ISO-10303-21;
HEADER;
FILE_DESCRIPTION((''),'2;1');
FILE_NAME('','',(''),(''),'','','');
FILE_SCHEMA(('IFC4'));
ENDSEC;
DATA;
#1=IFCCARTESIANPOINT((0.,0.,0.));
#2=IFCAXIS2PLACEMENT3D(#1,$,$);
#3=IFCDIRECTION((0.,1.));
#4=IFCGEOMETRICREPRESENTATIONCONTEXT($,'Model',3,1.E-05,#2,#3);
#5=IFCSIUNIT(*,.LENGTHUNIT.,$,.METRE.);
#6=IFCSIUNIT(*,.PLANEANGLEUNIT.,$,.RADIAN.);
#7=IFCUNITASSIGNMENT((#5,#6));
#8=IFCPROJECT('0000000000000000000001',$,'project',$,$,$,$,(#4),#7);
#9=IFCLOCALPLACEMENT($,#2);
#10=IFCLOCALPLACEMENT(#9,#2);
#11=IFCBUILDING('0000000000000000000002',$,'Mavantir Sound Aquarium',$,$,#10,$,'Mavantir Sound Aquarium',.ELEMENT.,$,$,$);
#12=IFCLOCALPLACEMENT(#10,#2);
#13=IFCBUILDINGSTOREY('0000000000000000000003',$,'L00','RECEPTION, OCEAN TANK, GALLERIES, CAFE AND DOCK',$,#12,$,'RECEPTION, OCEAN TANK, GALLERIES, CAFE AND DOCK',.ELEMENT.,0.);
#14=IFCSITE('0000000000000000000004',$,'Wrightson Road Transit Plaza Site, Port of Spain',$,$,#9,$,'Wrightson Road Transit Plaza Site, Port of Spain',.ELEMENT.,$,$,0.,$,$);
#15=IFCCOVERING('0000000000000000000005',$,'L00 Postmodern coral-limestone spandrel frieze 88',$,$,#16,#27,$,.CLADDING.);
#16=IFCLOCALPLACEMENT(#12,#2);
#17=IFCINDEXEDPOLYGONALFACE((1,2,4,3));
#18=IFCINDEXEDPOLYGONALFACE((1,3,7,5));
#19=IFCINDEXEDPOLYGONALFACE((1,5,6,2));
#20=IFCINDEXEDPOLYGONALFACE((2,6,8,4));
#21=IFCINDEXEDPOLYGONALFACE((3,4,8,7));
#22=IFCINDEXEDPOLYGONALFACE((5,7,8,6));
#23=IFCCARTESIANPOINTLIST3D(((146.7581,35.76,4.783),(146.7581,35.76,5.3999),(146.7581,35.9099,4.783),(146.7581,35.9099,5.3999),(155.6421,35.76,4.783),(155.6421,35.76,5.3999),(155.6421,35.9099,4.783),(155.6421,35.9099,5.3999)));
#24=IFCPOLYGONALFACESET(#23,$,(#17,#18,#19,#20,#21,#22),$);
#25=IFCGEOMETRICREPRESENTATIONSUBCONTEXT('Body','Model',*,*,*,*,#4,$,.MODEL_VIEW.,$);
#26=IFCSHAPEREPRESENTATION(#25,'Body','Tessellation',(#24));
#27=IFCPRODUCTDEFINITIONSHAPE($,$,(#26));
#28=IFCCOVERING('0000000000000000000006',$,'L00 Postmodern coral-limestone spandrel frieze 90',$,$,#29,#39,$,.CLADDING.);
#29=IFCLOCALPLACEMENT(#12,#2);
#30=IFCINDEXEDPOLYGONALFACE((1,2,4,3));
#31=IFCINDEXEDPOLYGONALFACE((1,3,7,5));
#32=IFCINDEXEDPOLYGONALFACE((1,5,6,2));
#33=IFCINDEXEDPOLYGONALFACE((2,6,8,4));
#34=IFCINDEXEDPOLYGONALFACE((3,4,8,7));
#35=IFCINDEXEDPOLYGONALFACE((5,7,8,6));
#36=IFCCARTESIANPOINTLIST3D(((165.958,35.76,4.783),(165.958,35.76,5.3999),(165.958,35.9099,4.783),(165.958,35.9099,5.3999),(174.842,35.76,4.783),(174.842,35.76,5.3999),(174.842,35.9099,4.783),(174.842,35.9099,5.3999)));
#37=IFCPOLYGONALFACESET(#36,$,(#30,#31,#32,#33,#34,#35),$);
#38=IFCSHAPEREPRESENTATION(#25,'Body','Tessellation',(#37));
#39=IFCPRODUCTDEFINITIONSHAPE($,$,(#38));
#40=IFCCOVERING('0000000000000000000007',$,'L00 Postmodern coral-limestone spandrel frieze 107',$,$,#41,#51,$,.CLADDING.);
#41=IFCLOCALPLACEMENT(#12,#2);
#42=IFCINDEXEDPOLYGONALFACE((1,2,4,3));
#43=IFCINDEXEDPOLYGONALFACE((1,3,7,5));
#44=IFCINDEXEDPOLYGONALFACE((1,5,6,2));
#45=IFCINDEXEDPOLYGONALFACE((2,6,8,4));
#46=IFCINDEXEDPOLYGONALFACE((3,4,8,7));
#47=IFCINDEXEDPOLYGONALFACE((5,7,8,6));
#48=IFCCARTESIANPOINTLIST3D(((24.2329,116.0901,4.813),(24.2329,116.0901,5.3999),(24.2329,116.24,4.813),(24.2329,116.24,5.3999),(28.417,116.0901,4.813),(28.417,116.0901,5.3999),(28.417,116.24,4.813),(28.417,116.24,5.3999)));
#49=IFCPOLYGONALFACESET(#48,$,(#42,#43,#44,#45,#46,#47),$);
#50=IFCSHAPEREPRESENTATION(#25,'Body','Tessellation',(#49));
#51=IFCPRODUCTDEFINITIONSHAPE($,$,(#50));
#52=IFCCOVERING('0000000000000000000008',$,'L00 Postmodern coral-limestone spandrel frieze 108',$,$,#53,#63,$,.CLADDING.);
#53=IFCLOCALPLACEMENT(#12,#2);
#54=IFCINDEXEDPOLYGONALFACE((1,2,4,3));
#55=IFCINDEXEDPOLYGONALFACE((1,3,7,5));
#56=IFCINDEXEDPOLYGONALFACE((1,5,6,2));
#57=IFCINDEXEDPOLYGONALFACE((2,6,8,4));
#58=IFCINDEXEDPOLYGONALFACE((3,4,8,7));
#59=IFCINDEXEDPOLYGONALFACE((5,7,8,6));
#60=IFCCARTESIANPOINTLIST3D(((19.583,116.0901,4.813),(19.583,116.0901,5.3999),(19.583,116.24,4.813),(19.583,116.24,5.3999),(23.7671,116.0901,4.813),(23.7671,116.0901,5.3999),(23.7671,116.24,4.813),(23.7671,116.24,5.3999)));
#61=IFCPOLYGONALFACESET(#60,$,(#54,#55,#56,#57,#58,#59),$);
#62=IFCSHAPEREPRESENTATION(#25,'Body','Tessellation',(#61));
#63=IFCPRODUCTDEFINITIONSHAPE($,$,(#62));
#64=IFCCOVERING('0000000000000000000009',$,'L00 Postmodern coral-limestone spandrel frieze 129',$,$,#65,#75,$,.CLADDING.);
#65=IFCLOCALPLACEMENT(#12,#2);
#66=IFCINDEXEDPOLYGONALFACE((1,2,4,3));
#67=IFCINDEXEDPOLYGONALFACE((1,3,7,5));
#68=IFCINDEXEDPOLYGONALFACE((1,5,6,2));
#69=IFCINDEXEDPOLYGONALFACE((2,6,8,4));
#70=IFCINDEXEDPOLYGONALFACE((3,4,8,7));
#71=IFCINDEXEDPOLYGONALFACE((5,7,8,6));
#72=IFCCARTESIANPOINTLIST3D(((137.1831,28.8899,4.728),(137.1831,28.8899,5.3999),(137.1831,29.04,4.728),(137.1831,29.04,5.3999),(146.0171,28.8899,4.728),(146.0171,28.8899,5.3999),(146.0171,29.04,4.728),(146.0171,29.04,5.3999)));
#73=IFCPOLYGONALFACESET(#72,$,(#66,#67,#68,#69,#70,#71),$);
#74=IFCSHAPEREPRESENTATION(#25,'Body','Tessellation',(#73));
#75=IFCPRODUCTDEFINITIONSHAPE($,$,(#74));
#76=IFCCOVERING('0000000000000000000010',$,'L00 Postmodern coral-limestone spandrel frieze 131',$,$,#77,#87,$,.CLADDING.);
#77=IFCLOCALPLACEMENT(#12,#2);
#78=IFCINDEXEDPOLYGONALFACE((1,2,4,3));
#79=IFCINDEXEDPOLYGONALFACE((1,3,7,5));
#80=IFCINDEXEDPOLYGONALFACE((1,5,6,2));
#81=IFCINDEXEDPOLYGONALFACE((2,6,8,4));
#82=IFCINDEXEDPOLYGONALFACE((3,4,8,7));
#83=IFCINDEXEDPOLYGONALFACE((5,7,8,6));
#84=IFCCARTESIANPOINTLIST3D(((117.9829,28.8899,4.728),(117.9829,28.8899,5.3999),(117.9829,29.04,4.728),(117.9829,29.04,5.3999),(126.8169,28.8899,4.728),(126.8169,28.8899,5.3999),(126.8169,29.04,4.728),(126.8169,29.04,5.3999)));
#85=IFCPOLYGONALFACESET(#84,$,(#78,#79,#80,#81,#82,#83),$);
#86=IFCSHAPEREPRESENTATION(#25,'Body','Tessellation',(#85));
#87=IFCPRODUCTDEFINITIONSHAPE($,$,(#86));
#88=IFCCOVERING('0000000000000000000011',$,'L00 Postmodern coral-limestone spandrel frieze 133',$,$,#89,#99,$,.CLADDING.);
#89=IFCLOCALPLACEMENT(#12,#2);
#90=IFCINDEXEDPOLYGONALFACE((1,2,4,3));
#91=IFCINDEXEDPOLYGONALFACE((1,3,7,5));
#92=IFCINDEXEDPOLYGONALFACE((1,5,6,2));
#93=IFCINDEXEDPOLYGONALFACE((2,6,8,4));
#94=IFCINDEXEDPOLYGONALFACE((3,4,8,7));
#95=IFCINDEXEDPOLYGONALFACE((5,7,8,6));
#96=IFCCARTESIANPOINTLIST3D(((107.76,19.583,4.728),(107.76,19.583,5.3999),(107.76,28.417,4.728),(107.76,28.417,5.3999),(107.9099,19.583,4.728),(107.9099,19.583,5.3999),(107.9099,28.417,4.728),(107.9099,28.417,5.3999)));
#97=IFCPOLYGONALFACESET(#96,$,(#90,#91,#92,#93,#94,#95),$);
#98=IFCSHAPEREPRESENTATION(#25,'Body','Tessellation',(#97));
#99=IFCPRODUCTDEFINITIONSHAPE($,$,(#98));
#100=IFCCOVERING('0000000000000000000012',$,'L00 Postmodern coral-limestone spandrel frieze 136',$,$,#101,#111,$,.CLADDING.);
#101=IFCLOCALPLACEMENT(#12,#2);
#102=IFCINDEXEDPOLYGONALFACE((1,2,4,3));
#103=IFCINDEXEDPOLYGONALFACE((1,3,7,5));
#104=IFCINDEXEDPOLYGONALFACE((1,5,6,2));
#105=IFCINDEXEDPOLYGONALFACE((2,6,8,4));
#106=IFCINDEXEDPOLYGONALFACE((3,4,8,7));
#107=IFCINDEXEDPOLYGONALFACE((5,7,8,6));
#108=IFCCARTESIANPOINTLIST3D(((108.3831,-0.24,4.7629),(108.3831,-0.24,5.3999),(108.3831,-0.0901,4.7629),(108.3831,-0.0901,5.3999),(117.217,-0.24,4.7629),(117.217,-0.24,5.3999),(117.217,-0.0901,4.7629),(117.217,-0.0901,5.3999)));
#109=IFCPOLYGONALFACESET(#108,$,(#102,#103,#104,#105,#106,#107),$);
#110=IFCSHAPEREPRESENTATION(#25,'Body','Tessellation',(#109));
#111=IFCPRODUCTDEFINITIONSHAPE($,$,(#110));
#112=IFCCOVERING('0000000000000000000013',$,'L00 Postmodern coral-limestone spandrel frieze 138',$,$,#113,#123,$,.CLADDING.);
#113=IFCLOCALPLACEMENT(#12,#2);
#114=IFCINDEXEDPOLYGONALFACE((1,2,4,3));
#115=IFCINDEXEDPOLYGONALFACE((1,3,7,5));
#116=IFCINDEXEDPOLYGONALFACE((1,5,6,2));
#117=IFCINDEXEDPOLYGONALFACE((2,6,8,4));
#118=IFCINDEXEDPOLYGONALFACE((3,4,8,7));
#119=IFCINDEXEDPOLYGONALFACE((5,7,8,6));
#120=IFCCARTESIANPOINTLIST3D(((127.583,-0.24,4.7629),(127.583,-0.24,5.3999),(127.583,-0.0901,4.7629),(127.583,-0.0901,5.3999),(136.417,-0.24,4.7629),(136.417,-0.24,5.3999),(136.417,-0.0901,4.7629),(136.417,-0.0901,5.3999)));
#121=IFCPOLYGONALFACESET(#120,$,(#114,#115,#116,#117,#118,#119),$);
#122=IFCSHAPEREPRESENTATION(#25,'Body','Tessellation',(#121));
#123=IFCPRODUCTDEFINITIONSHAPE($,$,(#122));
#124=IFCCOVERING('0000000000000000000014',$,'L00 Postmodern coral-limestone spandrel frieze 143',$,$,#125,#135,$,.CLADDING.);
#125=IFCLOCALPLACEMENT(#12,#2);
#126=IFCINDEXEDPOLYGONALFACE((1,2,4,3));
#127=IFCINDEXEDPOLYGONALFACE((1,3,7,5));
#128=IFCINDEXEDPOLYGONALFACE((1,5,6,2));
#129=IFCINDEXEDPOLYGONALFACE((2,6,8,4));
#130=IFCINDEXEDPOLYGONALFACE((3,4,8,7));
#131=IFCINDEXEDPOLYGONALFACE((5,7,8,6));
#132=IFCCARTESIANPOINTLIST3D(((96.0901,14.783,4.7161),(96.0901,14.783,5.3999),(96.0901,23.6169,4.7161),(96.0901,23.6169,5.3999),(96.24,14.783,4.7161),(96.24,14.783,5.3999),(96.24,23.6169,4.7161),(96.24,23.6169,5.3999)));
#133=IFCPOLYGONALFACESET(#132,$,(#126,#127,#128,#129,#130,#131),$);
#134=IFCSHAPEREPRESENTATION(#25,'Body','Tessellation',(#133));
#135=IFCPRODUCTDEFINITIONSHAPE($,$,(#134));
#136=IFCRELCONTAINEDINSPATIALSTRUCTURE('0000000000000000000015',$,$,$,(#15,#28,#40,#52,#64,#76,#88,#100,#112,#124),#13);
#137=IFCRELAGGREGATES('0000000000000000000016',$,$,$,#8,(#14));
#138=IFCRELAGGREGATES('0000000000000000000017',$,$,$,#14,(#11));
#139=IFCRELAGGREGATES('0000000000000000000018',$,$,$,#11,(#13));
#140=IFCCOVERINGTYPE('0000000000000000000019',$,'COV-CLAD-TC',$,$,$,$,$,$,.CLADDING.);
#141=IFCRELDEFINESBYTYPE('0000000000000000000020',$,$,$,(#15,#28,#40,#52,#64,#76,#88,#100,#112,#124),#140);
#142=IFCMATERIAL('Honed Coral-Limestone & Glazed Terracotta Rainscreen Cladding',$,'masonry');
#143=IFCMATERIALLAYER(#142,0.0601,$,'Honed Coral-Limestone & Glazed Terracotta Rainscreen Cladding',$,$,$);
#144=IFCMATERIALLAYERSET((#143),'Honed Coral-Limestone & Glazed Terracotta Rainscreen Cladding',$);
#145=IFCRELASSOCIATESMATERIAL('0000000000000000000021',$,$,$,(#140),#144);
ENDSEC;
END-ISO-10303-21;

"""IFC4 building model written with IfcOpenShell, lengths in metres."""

from ifc_helpers import new_model, si_unit, direction, frame, origin, place, context, subcontext, project, spatial, polyline, outline, extrude, material, layer, layer_set, type_object, element, save


model = new_model("IFC4")

# Units and contexts
model_context = context("Model", 3, precision=1e-05, world=origin(), true_north=direction((0.0, 1.0)))
body_context = subcontext(model_context, "Body", "Model", "MODEL_VIEW")
ifc_project = project(units=[si_unit("LENGTHUNIT", "METRE"), si_unit("PLANEANGLEUNIT", "RADIAN")], contexts=[model_context])

# Site, building, storey
site_placement = place(None, origin())
site = spatial("IfcSite", under=ifc_project, at=site_placement, Name="Wrightson Road Transit Plaza Site, Port of Spain", LongName="Wrightson Road Transit Plaza Site, Port of Spain", CompositionType="ELEMENT", RefElevation=0.0)
building_placement = place(site_placement, origin())
building = spatial("IfcBuilding", under=site, at=building_placement, Name="Mavantir Sound Aquarium", LongName="Mavantir Sound Aquarium", CompositionType="ELEMENT")
storey_placement = place(building_placement, origin())
storey = spatial("IfcBuildingStorey", under=building, at=storey_placement, Name="L00", Description="RECEPTION, OCEAN TANK, GALLERIES, CAFE AND DOCK", LongName="RECEPTION, OCEAN TANK, GALLERIES, CAFE AND DOCK", CompositionType="ELEMENT", Elevation=0.0)

# Coverings
ifc_material = material(Name="Honed Coral-Limestone & Glazed Terracotta Rainscreen Cladding", Category="masonry")
ifc_layer = layer(ifc_material, 0.0601, Name="Honed Coral-Limestone & Glazed Terracotta Rainscreen Cladding")
ifc_layer_set = layer_set([ifc_layer], Name="Honed Coral-Limestone & Glazed Terracotta Rainscreen Cladding")
covering_type = type_object("IfcCoveringType", Name="COV-CLAD-TC", PredefinedType="CLADDING", material=ifc_layer_set)
covering_1_placement = place(storey_placement, frame((0.0, 0.0, 4.783)))
element("IfcCovering", 1, at=covering_1_placement, inside=storey, type_object=covering_type, Name="L00 Postmodern coral-limestone spandrel frieze 88", PredefinedType="CLADDING", context=body_context, shape_type="SweptSolid", body=[
    extrude(outline(polyline([(146.7581, 35.9099), (155.6421, 35.9099), (155.6421, 35.76), (146.7581, 35.76), (146.7581, 35.9099)])), origin(), (0.0, 0.0, 1.0), 0.6169),
])
covering_2_placement = place(storey_placement, frame((0.0, 0.0, 4.783)))
element("IfcCovering", 2, at=covering_2_placement, inside=storey, type_object=covering_type, Name="L00 Postmodern coral-limestone spandrel frieze 90", PredefinedType="CLADDING", context=body_context, shape_type="SweptSolid", body=[
    extrude(outline(polyline([(165.958, 35.9099), (174.842, 35.9099), (174.842, 35.76), (165.958, 35.76), (165.958, 35.9099)])), origin(), (0.0, 0.0, 1.0), 0.6169),
])
covering_3_placement = place(storey_placement, frame((0.0, 0.0, 4.813)))
element("IfcCovering", 3, at=covering_3_placement, inside=storey, type_object=covering_type, Name="L00 Postmodern coral-limestone spandrel frieze 107", PredefinedType="CLADDING", context=body_context, shape_type="SweptSolid", body=[
    extrude(outline(polyline([(28.417, 116.0901), (24.2329, 116.0901), (24.2329, 116.24), (28.417, 116.24), (28.417, 116.0901)])), origin(), (0.0, 0.0, 1.0), 0.5869),
])
covering_4_placement = place(storey_placement, frame((0.0, 0.0, 4.813)))
element("IfcCovering", 4, at=covering_4_placement, inside=storey, type_object=covering_type, Name="L00 Postmodern coral-limestone spandrel frieze 108", PredefinedType="CLADDING", context=body_context, shape_type="SweptSolid", body=[
    extrude(outline(polyline([(23.7671, 116.0901), (19.583, 116.0901), (19.583, 116.24), (23.7671, 116.24), (23.7671, 116.0901)])), origin(), (0.0, 0.0, 1.0), 0.5869),
])
covering_5_placement = place(storey_placement, frame((0.0, 0.0, 4.728)))
element("IfcCovering", 5, at=covering_5_placement, inside=storey, type_object=covering_type, Name="L00 Postmodern coral-limestone spandrel frieze 129", PredefinedType="CLADDING", context=body_context, shape_type="SweptSolid", body=[
    extrude(outline(polyline([(146.0171, 28.8899), (137.1831, 28.8899), (137.1831, 29.04), (146.0171, 29.04), (146.0171, 28.8899)])), origin(), (0.0, 0.0, 1.0), 0.6719),
])
covering_6_placement = place(storey_placement, frame((0.0, 0.0, 4.728)))
element("IfcCovering", 6, at=covering_6_placement, inside=storey, type_object=covering_type, Name="L00 Postmodern coral-limestone spandrel frieze 131", PredefinedType="CLADDING", context=body_context, shape_type="SweptSolid", body=[
    extrude(outline(polyline([(126.8169, 28.8899), (117.9829, 28.8899), (117.9829, 29.04), (126.8169, 29.04), (126.8169, 28.8899)])), origin(), (0.0, 0.0, 1.0), 0.6719),
])
covering_7_placement = place(storey_placement, frame((0.0, 0.0, 4.728)))
element("IfcCovering", 7, at=covering_7_placement, inside=storey, type_object=covering_type, Name="L00 Postmodern coral-limestone spandrel frieze 133", PredefinedType="CLADDING", context=body_context, shape_type="SweptSolid", body=[
    extrude(outline(polyline([(107.9099, 28.417), (107.9099, 19.583), (107.76, 19.583), (107.76, 28.417), (107.9099, 28.417)])), origin(), (0.0, 0.0, 1.0), 0.6719),
])
covering_8_placement = place(storey_placement, frame((0.0, 0.0, 4.7629)))
element("IfcCovering", 8, at=covering_8_placement, inside=storey, type_object=covering_type, Name="L00 Postmodern coral-limestone spandrel frieze 136", PredefinedType="CLADDING", context=body_context, shape_type="SweptSolid", body=[
    extrude(outline(polyline([(108.3831, -0.0901), (117.217, -0.0901), (117.217, -0.24), (108.3831, -0.24), (108.3831, -0.0901)])), origin(), (0.0, 0.0, 1.0), 0.637),
])
covering_9_placement = place(storey_placement, frame((0.0, 0.0, 4.7629)))
element("IfcCovering", 9, at=covering_9_placement, inside=storey, type_object=covering_type, Name="L00 Postmodern coral-limestone spandrel frieze 138", PredefinedType="CLADDING", context=body_context, shape_type="SweptSolid", body=[
    extrude(outline(polyline([(127.583, -0.0901), (136.417, -0.0901), (136.417, -0.24), (127.583, -0.24), (127.583, -0.0901)])), origin(), (0.0, 0.0, 1.0), 0.637),
])
covering_10_placement = place(storey_placement, frame((0.0, 0.0, 4.7161)))
element("IfcCovering", 10, at=covering_10_placement, inside=storey, type_object=covering_type, Name="L00 Postmodern coral-limestone spandrel frieze 143", PredefinedType="CLADDING", context=body_context, shape_type="SweptSolid", body=[
    extrude(outline(polyline([(96.0901, 14.783), (96.0901, 23.6169), (96.24, 23.6169), (96.24, 14.783), (96.0901, 14.783)])), origin(), (0.0, 0.0, 1.0), 0.6838),
])

save(model, "model.ifc")
